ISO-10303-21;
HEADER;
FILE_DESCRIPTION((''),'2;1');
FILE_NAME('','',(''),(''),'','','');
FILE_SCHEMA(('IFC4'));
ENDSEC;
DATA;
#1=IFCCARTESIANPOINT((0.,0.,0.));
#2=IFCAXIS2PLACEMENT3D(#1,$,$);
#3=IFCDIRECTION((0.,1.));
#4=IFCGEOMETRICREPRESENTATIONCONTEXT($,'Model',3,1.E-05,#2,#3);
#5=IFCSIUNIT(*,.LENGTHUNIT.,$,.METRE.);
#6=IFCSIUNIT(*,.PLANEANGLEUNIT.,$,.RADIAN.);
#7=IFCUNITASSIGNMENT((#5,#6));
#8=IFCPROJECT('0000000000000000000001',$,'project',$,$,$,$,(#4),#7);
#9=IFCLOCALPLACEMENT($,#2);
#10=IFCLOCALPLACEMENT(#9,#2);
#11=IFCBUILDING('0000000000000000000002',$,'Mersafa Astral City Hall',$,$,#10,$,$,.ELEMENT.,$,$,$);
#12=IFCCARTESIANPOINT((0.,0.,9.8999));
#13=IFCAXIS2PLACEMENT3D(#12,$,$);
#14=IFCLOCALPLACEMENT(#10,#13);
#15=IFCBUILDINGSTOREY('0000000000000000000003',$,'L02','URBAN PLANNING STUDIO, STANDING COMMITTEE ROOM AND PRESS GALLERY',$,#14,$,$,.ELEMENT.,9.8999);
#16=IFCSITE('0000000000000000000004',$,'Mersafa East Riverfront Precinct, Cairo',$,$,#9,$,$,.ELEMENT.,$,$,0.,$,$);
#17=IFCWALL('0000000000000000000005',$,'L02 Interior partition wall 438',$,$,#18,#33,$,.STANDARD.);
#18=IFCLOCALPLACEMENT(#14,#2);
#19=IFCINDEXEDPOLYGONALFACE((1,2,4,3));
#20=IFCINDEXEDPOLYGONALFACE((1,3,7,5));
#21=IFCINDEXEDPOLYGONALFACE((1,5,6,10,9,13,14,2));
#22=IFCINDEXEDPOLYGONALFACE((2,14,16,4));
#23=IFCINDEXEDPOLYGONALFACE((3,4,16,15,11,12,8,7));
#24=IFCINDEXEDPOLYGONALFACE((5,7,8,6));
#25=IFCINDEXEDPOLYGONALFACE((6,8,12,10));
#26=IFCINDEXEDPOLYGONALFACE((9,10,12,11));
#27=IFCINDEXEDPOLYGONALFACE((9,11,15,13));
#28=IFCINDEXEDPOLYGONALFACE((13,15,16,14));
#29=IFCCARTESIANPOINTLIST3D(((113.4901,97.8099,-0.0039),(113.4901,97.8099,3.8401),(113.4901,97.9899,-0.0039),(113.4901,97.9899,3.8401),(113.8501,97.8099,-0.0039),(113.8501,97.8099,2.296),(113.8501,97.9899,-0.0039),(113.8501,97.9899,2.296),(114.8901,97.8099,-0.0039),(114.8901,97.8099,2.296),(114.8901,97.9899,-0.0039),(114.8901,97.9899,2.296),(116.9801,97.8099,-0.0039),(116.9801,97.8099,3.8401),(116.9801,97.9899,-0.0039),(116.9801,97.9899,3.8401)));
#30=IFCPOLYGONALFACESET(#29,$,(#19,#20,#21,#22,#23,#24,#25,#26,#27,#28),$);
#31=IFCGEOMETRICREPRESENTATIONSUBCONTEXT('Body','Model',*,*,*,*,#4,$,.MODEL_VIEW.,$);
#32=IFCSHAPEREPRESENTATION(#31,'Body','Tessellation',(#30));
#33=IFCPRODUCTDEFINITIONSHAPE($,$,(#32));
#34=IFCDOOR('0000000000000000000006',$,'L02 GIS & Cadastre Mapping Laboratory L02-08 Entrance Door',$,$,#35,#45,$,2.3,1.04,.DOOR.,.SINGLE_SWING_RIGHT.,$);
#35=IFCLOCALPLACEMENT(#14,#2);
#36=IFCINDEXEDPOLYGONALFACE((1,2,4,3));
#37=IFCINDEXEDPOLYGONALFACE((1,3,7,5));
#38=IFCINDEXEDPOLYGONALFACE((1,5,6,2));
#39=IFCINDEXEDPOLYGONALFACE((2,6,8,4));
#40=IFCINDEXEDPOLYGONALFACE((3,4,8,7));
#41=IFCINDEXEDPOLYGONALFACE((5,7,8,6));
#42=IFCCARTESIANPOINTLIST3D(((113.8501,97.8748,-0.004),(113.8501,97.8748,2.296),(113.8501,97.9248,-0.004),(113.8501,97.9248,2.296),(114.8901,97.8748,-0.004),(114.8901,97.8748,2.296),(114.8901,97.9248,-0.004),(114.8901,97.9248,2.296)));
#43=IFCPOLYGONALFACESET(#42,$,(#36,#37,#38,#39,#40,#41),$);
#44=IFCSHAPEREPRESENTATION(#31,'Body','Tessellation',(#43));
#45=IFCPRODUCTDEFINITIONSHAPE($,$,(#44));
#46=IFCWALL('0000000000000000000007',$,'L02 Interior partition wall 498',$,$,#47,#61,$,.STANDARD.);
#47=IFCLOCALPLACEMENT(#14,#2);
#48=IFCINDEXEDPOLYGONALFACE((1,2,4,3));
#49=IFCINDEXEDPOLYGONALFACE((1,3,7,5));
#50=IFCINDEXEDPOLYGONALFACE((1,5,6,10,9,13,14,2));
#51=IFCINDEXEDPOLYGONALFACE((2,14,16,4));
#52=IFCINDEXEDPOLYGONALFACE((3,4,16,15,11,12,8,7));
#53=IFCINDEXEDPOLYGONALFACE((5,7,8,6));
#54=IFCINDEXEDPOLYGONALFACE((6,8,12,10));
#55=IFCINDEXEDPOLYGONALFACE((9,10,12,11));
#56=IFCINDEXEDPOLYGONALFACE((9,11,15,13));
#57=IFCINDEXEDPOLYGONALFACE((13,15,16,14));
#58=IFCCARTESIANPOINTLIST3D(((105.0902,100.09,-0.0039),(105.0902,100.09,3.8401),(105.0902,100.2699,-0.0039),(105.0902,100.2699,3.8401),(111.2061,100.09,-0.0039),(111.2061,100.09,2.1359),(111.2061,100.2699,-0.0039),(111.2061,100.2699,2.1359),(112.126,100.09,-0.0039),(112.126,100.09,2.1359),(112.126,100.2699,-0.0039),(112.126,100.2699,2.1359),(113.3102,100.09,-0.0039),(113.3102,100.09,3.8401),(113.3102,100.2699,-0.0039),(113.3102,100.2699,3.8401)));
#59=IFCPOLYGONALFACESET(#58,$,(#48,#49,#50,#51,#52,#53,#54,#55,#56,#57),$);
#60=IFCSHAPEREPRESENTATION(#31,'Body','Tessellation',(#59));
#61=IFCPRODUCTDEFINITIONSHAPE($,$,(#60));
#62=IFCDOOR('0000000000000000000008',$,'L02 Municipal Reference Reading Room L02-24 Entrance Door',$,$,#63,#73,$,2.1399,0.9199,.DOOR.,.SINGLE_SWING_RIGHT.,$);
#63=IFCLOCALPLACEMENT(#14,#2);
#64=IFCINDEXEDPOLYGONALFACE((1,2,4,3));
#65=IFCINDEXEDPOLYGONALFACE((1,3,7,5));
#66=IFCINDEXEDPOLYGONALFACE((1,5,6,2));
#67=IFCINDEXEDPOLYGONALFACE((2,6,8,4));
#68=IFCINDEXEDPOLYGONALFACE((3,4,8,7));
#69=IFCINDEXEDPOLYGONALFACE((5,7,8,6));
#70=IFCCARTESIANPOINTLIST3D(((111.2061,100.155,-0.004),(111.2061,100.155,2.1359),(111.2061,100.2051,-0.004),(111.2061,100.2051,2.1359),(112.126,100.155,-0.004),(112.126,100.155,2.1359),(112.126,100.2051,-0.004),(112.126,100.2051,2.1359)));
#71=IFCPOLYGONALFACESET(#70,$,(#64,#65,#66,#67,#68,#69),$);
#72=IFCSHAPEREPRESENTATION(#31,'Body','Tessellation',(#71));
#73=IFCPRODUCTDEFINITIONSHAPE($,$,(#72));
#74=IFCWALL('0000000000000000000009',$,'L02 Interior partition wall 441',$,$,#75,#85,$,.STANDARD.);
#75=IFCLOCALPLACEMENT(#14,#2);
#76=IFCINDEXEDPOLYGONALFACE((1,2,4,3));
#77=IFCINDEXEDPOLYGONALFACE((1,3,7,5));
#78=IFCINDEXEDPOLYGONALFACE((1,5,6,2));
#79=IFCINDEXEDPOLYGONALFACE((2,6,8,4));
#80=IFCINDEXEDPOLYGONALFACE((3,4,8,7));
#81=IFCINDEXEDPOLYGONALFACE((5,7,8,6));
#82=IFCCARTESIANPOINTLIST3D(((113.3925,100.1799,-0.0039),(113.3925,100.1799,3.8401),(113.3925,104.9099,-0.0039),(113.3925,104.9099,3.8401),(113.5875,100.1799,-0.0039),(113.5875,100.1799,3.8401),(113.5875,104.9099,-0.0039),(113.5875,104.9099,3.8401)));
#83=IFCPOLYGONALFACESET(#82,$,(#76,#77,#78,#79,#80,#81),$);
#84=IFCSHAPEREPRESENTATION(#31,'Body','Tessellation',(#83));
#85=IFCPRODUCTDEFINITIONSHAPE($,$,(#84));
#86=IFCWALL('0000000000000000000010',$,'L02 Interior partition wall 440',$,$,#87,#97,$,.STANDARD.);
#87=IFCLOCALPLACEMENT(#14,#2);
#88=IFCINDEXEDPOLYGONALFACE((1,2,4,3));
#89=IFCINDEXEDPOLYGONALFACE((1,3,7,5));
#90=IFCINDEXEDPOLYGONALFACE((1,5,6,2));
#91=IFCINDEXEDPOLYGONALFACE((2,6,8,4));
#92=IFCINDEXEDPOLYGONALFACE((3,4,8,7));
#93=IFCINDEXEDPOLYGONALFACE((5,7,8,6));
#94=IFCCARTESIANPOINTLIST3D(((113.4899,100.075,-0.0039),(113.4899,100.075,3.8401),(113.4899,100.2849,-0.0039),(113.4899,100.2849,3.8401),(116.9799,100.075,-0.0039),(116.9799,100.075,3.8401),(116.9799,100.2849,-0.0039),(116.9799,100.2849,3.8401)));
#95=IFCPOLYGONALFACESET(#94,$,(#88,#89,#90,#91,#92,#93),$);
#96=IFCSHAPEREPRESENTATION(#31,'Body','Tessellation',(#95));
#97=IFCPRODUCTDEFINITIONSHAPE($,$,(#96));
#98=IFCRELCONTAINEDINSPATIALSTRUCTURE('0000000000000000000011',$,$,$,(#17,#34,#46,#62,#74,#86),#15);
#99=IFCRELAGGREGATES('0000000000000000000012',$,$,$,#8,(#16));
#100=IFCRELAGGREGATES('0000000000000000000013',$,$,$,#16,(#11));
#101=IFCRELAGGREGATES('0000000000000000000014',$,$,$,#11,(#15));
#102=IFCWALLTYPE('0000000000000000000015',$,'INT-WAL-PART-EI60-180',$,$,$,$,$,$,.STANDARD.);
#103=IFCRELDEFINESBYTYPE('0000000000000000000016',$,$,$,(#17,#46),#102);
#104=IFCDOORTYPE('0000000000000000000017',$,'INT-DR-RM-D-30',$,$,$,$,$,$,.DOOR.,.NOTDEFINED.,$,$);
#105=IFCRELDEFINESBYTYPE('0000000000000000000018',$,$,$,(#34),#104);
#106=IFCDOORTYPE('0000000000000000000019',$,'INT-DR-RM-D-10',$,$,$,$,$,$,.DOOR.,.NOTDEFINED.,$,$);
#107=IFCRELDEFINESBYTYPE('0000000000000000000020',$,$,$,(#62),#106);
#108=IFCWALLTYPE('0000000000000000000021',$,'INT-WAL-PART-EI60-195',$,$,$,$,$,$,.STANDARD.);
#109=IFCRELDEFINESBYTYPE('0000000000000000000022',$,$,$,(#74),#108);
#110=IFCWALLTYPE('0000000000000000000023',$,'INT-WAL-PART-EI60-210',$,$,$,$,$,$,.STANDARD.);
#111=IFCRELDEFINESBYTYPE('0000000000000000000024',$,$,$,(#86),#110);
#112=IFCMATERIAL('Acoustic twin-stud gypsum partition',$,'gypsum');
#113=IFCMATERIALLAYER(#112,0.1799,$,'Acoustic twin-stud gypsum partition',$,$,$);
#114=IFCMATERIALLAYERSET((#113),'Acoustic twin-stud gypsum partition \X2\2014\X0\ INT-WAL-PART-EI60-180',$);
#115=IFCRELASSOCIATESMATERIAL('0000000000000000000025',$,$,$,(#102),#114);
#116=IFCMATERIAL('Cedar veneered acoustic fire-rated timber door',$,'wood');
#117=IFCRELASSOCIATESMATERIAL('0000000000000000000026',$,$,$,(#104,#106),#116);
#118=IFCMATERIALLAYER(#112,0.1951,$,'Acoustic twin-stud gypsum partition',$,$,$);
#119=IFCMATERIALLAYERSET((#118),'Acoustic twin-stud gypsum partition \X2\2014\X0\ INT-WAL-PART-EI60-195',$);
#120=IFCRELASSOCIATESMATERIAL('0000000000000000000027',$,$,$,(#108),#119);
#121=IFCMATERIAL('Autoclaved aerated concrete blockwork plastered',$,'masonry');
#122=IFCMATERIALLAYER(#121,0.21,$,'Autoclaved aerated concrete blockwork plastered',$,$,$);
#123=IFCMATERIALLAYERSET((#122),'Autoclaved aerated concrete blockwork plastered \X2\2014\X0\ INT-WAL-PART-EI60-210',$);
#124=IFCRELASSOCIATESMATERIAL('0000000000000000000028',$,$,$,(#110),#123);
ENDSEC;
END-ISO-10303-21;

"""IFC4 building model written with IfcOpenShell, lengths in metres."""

from ifc_helpers import new_model, si_unit, direction, frame, frame_2d, origin, place, context, subcontext, project, spatial, rectangle, extrude, material, layer, layer_set, type_object, element, fill, save


model = new_model("IFC4")

# Units and contexts
model_context = context("Model", 3, precision=1e-05, world=origin(), true_north=direction((0.0, 1.0)))
body_context = subcontext(model_context, "Body", "Model", "MODEL_VIEW")
ifc_project = project(units=[si_unit("LENGTHUNIT", "METRE"), si_unit("PLANEANGLEUNIT", "RADIAN")], contexts=[model_context])

# Site, building, storey
site_placement = place(None, origin())
site = spatial("IfcSite", under=ifc_project, at=site_placement, Name="Mersafa East Riverfront Precinct, Cairo", CompositionType="ELEMENT", RefElevation=0.0)
building_placement = place(site_placement, origin())
building = spatial("IfcBuilding", under=site, at=building_placement, Name="Mersafa Astral City Hall", CompositionType="ELEMENT")
storey_placement = place(building_placement, frame((0.0, 0.0, 9.8999)))
storey = spatial("IfcBuildingStorey", under=building, at=storey_placement, Name="L02", Description="URBAN PLANNING STUDIO, STANDING COMMITTEE ROOM AND PRESS GALLERY", CompositionType="ELEMENT", Elevation=9.8999)

# Walls, openings, doors
ifc_material_1 = material(Name="Acoustic twin-stud gypsum partition", Category="gypsum")
ifc_layer_1 = layer(ifc_material_1, 0.1799, Name="Acoustic twin-stud gypsum partition")
ifc_layer_set_1 = layer_set([ifc_layer_1], Name="Acoustic twin-stud gypsum partition — INT-WAL-PART-EI60-180")
wall_type_1 = type_object("IfcWallType", Name="INT-WAL-PART-EI60-180", PredefinedType="STANDARD", material=ifc_layer_set_1)
wall_1_placement = place(storey_placement, frame((113.49, 97.8999, -0.0039), z_axis=(0.0, 0.0, 1.0), x_axis=(1.0, 0.0, 0.0)))
wall_1 = element("IfcWall", 1, at=wall_1_placement, inside=storey, type_object=wall_type_1, Name="L02 Interior partition wall 438", PredefinedType="STANDARD", context=body_context, shape_type="SweptSolid", body=[
    extrude(rectangle(XDim=3.49, YDim=0.1799, at=frame_2d((1.7451, 0.0))), origin(), (0.0, 0.0, 1.0), 3.844),
])
opening_1_placement = place(wall_1_placement, frame((0.3601, 0.0, 0.0)))
opening_1 = element("IfcOpeningElement", 2, at=opening_1_placement, cuts=wall_1, PredefinedType="OPENING", context=body_context, shape_type="SweptSolid", body=[
    extrude(rectangle(XDim=1.04, YDim=2.3, at=frame_2d((0.52, 1.1499))), frame((0.0, 0.0999, 0.0), z_axis=(0.0, -1.0, 0.0), x_axis=(1.0, 0.0, 0.0)), (0.0, 0.0, 1.0), 0.2),
])
ifc_material_2 = material(Name="Cedar veneered acoustic fire-rated timber door", Category="wood")
door_type_1 = type_object("IfcDoorType", Name="INT-DR-RM-D-30", OperationType="NOTDEFINED", PredefinedType="DOOR", material=ifc_material_2)
door_1_placement = place(opening_1_placement, origin())
door_1 = element("IfcDoor", 3, at=door_1_placement, inside=storey, type_object=door_type_1, Name="L02 GIS & Cadastre Mapping Laboratory L02-08 Entrance Door", OperationType="SINGLE_SWING_RIGHT", OverallHeight=2.3, OverallWidth=1.04, PredefinedType="DOOR", context=body_context, shape_type="SweptSolid", body=[
    extrude(rectangle(XDim=1.04, YDim=2.3, at=frame_2d((0.52, 1.1499))), frame((0.0, 0.0249, 0.0), z_axis=(0.0, -1.0, 0.0), x_axis=(1.0, 0.0, 0.0)), (0.0, 0.0, 1.0), 0.05),
])
fill(opening_1, door_1)
wall_2_placement = place(storey_placement, frame((113.3101, 100.1799, -0.0039), z_axis=(0.0, 0.0, 1.0), x_axis=(-1.0, 0.0, 0.0)))
wall_2 = element("IfcWall", 4, at=wall_2_placement, inside=storey, type_object=wall_type_1, Name="L02 Interior partition wall 498", PredefinedType="STANDARD", context=body_context, shape_type="SweptSolid", body=[
    extrude(rectangle(XDim=8.22, YDim=0.1799, at=frame_2d((4.1099, 0.0))), origin(), (0.0, 0.0, 1.0), 3.844),
])
opening_2_placement = place(wall_2_placement, frame((1.1841, 0.0, 0.0)))
opening_2 = element("IfcOpeningElement", 5, at=opening_2_placement, cuts=wall_2, PredefinedType="OPENING", context=body_context, shape_type="SweptSolid", body=[
    extrude(rectangle(XDim=0.9199, YDim=2.1399, at=frame_2d((0.46, 1.0698))), frame((0.0, 0.0999, 0.0), z_axis=(0.0, -1.0, 0.0), x_axis=(1.0, 0.0, 0.0)), (0.0, 0.0, 1.0), 0.2),
])
door_type_2 = type_object("IfcDoorType", Name="INT-DR-RM-D-10", OperationType="NOTDEFINED", PredefinedType="DOOR", material=ifc_material_2)
door_2_placement = place(opening_2_placement, origin())
door_2 = element("IfcDoor", 6, at=door_2_placement, inside=storey, type_object=door_type_2, Name="L02 Municipal Reference Reading Room L02-24 Entrance Door", OperationType="SINGLE_SWING_RIGHT", OverallHeight=2.1399, OverallWidth=0.9199, PredefinedType="DOOR", context=body_context, shape_type="SweptSolid", body=[
    extrude(rectangle(XDim=0.9199, YDim=2.1399, at=frame_2d((0.46, 1.0698))), frame((0.0, 0.0249, 0.0), z_axis=(0.0, -1.0, 0.0), x_axis=(1.0, 0.0, 0.0)), (0.0, 0.0, 1.0), 0.05),
])
fill(opening_2, door_2)

# Walls
ifc_layer_2 = layer(ifc_material_1, 0.1951, Name="Acoustic twin-stud gypsum partition")
ifc_layer_set_2 = layer_set([ifc_layer_2], Name="Acoustic twin-stud gypsum partition — INT-WAL-PART-EI60-195")
wall_type_2 = type_object("IfcWallType", Name="INT-WAL-PART-EI60-195", PredefinedType="STANDARD", material=ifc_layer_set_2)
wall_3_placement = place(storey_placement, frame((113.49, 100.1799, -0.0039), z_axis=(0.0, 0.0, 1.0), x_axis=(0.0, 1.0, 0.0)))
element("IfcWall", 7, at=wall_3_placement, inside=storey, type_object=wall_type_2, Name="L02 Interior partition wall 441", PredefinedType="STANDARD", context=body_context, shape_type="SweptSolid", body=[
    extrude(rectangle(XDim=4.73, YDim=0.1951, at=frame_2d((2.365, 0.0))), origin(), (0.0, 0.0, 1.0), 3.844),
])
ifc_material_3 = material(Name="Autoclaved aerated concrete blockwork plastered", Category="masonry")
ifc_layer_3 = layer(ifc_material_3, 0.21, Name="Autoclaved aerated concrete blockwork plastered")
ifc_layer_set_3 = layer_set([ifc_layer_3], Name="Autoclaved aerated concrete blockwork plastered — INT-WAL-PART-EI60-210")
wall_type_3 = type_object("IfcWallType", Name="INT-WAL-PART-EI60-210", PredefinedType="STANDARD", material=ifc_layer_set_3)
wall_4_placement = place(storey_placement, frame((116.98, 100.1799, -0.0039), z_axis=(0.0, 0.0, 1.0), x_axis=(-1.0, 0.0, 0.0)))
element("IfcWall", 8, at=wall_4_placement, inside=storey, type_object=wall_type_3, Name="L02 Interior partition wall 440", PredefinedType="STANDARD", context=body_context, shape_type="SweptSolid", body=[
    extrude(rectangle(XDim=3.49, YDim=0.21, at=frame_2d((1.7451, 0.0))), origin(), (0.0, 0.0, 1.0), 3.844),
])

save(model, "model.ifc")
